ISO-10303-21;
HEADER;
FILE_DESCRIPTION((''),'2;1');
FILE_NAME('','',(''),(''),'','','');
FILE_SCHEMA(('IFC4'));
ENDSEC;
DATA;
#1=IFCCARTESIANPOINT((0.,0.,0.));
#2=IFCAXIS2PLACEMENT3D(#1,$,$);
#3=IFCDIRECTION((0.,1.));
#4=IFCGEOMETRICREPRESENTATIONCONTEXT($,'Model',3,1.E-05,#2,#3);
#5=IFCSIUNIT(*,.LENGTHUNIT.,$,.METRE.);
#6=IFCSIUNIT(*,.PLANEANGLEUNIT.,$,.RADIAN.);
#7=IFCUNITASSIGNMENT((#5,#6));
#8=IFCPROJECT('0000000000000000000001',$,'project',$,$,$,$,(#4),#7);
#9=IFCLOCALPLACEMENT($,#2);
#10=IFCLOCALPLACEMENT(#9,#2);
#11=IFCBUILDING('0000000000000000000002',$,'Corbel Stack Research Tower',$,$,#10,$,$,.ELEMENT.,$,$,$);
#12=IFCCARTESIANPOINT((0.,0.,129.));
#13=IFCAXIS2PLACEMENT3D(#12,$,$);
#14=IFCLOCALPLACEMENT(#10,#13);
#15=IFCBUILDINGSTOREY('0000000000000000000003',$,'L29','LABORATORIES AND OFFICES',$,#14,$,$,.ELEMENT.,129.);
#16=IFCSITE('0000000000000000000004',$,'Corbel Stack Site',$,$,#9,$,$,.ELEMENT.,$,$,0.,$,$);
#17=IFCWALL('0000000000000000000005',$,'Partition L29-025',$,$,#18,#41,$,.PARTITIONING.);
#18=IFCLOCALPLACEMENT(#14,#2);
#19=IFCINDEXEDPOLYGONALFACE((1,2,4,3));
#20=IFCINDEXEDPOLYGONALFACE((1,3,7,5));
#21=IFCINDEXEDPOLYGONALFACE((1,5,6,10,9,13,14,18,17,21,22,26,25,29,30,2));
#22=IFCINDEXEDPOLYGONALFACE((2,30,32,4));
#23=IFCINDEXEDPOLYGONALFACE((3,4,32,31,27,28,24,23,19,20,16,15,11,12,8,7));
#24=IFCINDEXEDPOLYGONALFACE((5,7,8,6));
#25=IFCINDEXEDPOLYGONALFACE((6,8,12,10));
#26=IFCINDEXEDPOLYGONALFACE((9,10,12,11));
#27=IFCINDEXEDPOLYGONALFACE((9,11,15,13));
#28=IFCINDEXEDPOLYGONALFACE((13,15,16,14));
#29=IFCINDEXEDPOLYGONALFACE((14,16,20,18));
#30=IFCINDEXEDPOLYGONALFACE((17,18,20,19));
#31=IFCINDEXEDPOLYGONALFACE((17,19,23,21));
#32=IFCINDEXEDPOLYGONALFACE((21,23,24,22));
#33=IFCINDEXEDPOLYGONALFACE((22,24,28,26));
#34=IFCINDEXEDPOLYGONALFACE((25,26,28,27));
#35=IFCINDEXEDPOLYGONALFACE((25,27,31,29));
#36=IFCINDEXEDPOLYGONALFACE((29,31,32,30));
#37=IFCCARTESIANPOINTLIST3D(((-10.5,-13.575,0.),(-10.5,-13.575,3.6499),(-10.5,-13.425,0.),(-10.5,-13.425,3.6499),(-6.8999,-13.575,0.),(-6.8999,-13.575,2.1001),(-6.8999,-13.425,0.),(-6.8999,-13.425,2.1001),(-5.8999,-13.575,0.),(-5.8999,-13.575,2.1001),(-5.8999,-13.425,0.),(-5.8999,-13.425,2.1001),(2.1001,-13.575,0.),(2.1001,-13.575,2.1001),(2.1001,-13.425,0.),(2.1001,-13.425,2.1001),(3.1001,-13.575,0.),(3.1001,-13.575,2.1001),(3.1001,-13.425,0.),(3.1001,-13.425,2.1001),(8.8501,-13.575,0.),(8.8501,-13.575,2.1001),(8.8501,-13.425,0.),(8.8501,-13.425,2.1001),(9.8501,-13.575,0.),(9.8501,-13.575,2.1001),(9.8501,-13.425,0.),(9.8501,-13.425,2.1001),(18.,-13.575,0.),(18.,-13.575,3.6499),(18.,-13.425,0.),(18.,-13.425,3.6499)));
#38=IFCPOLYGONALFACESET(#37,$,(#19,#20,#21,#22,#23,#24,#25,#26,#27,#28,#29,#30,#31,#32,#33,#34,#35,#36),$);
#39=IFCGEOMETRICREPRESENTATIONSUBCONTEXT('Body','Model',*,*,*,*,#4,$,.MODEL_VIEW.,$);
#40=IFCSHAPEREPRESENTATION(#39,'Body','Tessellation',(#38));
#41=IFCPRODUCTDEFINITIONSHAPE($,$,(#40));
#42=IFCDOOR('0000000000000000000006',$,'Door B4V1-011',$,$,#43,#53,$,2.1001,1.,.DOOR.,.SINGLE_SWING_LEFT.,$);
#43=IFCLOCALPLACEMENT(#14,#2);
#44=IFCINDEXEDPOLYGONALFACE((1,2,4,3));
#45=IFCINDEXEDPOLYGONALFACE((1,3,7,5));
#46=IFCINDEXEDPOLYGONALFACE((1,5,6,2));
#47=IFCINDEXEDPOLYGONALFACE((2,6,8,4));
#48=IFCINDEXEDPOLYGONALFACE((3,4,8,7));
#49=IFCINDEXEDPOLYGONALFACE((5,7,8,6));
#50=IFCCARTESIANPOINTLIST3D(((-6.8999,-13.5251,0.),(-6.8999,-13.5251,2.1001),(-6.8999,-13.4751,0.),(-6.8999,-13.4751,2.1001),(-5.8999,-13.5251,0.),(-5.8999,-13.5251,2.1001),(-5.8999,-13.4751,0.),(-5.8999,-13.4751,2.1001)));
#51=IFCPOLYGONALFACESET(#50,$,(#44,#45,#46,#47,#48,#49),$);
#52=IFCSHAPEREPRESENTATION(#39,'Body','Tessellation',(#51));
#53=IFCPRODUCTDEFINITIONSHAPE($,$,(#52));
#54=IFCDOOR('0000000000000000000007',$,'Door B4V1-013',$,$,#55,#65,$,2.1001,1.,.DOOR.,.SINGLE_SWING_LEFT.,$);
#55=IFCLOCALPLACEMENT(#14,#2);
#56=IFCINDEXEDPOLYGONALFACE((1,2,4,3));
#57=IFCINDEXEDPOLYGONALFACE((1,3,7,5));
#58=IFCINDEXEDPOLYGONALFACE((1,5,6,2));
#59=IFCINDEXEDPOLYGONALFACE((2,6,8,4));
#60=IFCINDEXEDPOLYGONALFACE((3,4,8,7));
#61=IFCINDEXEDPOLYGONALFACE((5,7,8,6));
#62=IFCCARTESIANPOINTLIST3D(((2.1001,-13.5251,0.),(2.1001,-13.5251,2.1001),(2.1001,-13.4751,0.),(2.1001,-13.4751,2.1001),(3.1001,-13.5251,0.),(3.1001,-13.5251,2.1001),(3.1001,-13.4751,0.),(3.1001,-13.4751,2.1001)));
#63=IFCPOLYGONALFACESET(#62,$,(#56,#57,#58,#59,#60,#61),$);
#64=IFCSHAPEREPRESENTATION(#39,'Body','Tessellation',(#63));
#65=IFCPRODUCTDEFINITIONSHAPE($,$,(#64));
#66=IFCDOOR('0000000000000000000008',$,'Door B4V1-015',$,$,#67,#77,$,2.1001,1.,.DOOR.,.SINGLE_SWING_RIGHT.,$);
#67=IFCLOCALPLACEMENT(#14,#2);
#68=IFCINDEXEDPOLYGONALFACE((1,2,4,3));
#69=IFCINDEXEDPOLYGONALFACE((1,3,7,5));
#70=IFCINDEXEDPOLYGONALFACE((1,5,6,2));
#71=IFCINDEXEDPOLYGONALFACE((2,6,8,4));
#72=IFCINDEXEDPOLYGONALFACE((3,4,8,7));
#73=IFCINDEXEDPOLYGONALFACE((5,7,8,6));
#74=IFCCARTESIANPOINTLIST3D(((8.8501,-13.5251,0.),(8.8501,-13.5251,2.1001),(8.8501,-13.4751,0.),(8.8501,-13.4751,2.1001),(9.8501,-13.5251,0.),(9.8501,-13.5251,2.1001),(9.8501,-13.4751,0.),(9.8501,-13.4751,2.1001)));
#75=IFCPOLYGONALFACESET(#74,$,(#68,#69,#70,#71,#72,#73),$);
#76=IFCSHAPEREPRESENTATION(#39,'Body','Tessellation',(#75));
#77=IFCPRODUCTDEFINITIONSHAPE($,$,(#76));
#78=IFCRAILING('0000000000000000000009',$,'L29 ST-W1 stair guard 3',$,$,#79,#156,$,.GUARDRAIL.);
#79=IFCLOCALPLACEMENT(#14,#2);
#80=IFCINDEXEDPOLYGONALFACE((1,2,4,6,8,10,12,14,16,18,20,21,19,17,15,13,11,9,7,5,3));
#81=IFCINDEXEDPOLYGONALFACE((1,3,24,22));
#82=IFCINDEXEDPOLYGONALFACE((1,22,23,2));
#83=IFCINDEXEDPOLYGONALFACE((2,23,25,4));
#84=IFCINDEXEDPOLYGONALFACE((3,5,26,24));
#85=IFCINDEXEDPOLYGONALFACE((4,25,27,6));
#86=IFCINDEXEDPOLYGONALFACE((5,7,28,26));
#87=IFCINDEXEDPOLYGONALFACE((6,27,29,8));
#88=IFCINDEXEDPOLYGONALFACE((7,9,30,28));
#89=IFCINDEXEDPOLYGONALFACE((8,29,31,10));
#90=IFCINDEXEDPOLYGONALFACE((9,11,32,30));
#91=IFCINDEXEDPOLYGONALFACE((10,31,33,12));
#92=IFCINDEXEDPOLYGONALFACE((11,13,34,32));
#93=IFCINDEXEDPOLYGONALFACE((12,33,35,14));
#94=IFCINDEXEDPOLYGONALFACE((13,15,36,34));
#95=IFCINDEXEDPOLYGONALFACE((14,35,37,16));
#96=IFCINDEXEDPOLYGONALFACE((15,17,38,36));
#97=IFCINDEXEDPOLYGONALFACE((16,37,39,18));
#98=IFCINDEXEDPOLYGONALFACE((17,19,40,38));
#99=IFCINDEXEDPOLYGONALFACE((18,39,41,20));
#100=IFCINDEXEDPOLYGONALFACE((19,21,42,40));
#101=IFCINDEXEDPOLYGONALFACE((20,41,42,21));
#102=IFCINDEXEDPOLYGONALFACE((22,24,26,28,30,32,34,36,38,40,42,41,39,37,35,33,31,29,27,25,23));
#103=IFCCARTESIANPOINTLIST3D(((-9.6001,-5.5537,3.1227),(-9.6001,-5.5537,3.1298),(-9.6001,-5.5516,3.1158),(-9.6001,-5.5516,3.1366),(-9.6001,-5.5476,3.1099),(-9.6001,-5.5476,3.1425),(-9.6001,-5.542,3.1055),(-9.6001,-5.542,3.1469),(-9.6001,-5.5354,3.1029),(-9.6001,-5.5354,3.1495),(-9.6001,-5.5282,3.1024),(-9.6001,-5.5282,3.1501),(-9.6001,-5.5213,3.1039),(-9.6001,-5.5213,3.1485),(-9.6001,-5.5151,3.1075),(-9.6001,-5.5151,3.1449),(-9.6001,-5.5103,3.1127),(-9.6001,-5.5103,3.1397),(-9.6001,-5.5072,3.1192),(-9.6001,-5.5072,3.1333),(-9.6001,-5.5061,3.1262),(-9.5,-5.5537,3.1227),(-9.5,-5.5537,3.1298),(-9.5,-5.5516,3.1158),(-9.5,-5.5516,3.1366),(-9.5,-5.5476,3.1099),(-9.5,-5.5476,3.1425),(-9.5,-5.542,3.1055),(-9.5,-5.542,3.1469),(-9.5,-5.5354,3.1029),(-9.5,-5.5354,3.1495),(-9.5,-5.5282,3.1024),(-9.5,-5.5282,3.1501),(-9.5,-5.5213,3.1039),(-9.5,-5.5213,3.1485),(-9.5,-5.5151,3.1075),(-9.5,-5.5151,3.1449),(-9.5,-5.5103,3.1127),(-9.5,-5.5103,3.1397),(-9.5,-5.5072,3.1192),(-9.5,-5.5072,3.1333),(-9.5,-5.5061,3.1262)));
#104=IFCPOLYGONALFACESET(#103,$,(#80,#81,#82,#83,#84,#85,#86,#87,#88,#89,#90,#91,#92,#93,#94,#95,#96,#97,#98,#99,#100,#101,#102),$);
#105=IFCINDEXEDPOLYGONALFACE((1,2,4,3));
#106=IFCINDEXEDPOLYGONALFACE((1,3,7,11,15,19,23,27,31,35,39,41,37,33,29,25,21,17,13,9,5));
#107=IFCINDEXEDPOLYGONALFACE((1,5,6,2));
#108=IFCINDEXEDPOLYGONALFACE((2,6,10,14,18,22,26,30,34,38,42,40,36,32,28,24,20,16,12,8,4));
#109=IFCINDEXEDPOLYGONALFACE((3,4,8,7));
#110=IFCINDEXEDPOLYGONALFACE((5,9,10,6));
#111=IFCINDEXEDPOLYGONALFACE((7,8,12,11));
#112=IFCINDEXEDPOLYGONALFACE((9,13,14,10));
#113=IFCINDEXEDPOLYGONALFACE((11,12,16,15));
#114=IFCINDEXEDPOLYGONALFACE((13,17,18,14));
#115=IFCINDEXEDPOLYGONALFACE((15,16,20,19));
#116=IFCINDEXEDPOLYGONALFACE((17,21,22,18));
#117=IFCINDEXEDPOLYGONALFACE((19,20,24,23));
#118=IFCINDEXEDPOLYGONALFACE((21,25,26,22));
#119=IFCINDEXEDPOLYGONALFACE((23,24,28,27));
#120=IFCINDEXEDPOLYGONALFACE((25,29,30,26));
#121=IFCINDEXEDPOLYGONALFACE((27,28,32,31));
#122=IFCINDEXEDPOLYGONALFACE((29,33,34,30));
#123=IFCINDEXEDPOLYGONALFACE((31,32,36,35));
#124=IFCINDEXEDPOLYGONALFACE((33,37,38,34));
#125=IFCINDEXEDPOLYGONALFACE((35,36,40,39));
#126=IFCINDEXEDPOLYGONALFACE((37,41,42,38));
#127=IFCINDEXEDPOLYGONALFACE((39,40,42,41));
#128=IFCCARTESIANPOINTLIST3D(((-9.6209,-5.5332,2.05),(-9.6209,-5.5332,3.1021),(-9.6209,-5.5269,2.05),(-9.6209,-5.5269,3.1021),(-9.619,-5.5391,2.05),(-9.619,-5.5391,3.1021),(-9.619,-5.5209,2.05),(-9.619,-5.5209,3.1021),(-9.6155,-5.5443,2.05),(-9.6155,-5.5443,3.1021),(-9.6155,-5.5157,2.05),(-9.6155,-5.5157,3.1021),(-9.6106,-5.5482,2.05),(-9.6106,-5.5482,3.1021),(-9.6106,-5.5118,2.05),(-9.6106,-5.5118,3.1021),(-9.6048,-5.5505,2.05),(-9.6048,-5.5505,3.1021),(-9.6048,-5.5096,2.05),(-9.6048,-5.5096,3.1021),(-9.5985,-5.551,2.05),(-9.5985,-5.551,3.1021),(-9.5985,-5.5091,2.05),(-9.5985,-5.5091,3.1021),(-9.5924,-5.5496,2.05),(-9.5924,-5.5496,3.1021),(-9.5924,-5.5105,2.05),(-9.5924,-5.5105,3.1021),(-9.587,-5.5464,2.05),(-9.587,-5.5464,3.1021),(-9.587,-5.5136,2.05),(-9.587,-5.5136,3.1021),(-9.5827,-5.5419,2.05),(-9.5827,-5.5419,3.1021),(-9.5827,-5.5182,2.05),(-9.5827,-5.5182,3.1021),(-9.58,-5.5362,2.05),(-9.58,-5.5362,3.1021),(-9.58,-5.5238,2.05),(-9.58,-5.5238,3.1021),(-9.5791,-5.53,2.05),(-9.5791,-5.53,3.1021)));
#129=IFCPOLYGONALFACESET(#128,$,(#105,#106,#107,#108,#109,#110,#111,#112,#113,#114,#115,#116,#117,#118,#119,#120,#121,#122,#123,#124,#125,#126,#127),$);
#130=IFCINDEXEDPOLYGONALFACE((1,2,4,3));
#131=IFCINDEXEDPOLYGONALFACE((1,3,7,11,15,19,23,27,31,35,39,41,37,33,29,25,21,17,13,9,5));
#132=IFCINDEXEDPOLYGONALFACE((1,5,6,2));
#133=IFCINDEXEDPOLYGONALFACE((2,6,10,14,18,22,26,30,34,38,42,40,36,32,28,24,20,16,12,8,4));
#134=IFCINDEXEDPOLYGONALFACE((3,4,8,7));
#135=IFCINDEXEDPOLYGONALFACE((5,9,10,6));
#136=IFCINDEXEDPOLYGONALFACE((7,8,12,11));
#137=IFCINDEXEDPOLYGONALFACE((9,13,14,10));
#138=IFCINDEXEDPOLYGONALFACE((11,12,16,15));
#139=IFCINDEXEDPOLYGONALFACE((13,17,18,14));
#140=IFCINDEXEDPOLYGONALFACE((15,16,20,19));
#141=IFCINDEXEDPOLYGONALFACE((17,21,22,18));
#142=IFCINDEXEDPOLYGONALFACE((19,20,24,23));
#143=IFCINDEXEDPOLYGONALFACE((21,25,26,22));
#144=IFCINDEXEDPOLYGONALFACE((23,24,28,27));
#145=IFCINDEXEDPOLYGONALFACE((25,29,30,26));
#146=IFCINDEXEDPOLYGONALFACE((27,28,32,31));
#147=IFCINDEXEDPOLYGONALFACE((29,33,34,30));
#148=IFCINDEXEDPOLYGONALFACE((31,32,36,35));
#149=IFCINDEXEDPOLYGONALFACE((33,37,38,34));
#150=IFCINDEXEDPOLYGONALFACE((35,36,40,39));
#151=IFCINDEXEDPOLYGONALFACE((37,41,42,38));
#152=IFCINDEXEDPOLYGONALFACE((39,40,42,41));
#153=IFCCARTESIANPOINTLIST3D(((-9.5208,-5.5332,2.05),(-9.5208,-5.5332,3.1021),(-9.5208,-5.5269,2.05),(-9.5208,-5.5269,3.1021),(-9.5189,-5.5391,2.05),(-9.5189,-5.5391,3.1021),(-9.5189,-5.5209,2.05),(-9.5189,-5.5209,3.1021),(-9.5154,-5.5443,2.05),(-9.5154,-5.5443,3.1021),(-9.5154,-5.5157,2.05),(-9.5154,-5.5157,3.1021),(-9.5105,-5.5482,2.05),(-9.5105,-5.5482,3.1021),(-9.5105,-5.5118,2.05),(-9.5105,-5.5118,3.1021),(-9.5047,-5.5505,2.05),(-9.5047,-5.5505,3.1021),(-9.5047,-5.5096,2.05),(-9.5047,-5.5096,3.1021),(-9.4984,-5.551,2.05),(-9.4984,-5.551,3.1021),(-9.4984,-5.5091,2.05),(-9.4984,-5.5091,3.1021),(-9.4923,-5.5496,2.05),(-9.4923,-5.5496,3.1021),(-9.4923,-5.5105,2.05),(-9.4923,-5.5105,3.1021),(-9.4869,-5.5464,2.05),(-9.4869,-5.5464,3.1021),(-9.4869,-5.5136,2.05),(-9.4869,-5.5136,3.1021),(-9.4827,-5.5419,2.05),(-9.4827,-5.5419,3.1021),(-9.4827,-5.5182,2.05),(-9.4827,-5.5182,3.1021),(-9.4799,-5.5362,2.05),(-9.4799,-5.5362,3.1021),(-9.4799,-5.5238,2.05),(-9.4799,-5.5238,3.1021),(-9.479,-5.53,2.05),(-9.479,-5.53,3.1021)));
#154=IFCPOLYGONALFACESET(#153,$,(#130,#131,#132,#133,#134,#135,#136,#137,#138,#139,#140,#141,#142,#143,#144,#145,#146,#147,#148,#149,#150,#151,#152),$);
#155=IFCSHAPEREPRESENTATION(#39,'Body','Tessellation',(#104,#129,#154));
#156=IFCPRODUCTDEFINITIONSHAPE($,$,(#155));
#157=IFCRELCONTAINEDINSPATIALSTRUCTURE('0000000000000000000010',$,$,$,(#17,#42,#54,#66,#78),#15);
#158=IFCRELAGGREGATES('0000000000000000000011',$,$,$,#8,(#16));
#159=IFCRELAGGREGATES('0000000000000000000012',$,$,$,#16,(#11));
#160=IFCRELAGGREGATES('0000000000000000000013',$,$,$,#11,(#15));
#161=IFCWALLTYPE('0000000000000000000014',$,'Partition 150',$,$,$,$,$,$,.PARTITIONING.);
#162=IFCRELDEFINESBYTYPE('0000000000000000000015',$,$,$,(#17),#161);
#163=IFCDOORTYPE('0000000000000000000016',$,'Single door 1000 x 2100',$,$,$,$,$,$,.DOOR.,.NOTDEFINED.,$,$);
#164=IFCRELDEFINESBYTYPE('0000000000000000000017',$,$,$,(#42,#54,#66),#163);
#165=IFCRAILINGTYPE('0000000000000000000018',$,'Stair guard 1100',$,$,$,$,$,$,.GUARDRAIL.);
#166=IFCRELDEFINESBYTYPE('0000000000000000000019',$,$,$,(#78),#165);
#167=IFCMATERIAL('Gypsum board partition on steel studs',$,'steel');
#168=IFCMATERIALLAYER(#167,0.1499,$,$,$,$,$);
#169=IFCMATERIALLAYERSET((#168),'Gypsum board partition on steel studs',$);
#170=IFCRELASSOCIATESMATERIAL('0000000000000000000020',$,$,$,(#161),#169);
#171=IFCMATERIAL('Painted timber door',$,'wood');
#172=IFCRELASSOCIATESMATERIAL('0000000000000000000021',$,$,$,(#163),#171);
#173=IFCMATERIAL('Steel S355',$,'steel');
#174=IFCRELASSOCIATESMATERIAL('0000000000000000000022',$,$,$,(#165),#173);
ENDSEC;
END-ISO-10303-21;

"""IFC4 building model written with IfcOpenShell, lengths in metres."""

from ifc_helpers import new_model, si_unit, direction, frame, frame_2d, origin, origin_2d, place, context, subcontext, project, spatial, rectangle, circle, extrude, material, layer, layer_set, type_object, element, fill, save


model = new_model("IFC4")

# Units and contexts
model_context = context("Model", 3, precision=1e-05, world=origin(), true_north=direction((0.0, 1.0)))
body_context = subcontext(model_context, "Body", "Model", "MODEL_VIEW")
ifc_project = project(units=[si_unit("LENGTHUNIT", "METRE"), si_unit("PLANEANGLEUNIT", "RADIAN")], contexts=[model_context])

# Site, building, storey
site_placement = place(None, origin())
site = spatial("IfcSite", under=ifc_project, at=site_placement, Name="Corbel Stack Site", CompositionType="ELEMENT", RefElevation=0.0)
building_placement = place(site_placement, origin())
building = spatial("IfcBuilding", under=site, at=building_placement, Name="Corbel Stack Research Tower", CompositionType="ELEMENT")
storey_placement = place(building_placement, frame((0.0, 0.0, 129.0)))
storey = spatial("IfcBuildingStorey", under=building, at=storey_placement, Name="L29", Description="LABORATORIES AND OFFICES", CompositionType="ELEMENT", Elevation=129.0)

# Shared definitions
ifc_material_1 = material(Name="Gypsum board partition on steel studs", Category="steel")
ifc_layer_1 = layer(ifc_material_1, 0.1499)
ifc_layer_set_1 = layer_set([ifc_layer_1], Name="Gypsum board partition on steel studs")
wall_type_1 = type_object("IfcWallType", Name="Partition 150", PredefinedType="PARTITIONING", material=ifc_layer_set_1)
ifc_material_2 = material(Name="Painted timber door", Category="wood")
door_type_1 = type_object("IfcDoorType", Name="Single door 1000 x 2100", OperationType="NOTDEFINED", PredefinedType="DOOR", material=ifc_material_2)

# Wall, openings, doors
wall_1_placement = place(storey_placement, frame((-10.5, -13.5, 0.0), z_axis=(0.0, 0.0, 1.0), x_axis=(1.0, 0.0, 0.0)))
wall_1 = element("IfcWall", 1, at=wall_1_placement, inside=storey, type_object=wall_type_1, Name="Partition L29-025", PredefinedType="PARTITIONING", context=body_context, shape_type="SweptSolid", body=[
    extrude(rectangle(XDim=28.5, YDim=0.1499, at=frame_2d((14.25, 0.0))), origin(), (0.0, 0.0, 1.0), 3.6499),
])
opening_1_placement = place(wall_1_placement, frame((3.6001, 0.0, 0.0)))
opening_1 = element("IfcOpeningElement", 2, at=opening_1_placement, cuts=wall_1, PredefinedType="OPENING", context=body_context, shape_type="SweptSolid", body=[
    extrude(rectangle(XDim=1.0, YDim=2.1001, at=frame_2d((0.5, 1.05))), frame((0.0, 0.085, 0.0), z_axis=(0.0, -1.0, 0.0), x_axis=(1.0, 0.0, 0.0)), (0.0, 0.0, 1.0), 0.1699),
])
opening_2_placement = place(wall_1_placement, frame((12.6001, 0.0, 0.0)))
opening_2 = element("IfcOpeningElement", 3, at=opening_2_placement, cuts=wall_1, PredefinedType="OPENING", context=body_context, shape_type="SweptSolid", body=[
    extrude(rectangle(XDim=1.0, YDim=2.1001, at=frame_2d((0.5, 1.05))), frame((0.0, 0.085, 0.0), z_axis=(0.0, -1.0, 0.0), x_axis=(1.0, 0.0, 0.0)), (0.0, 0.0, 1.0), 0.1699),
])
opening_3_placement = place(wall_1_placement, frame((19.3501, 0.0, 0.0)))
opening_3 = element("IfcOpeningElement", 4, at=opening_3_placement, cuts=wall_1, PredefinedType="OPENING", context=body_context, shape_type="SweptSolid", body=[
    extrude(rectangle(XDim=1.0, YDim=2.1001, at=frame_2d((0.5, 1.05))), frame((0.0, 0.085, 0.0), z_axis=(0.0, -1.0, 0.0), x_axis=(1.0, 0.0, 0.0)), (0.0, 0.0, 1.0), 0.1699),
])
door_1_placement = place(opening_1_placement, origin())
door_1 = element("IfcDoor", 5, at=door_1_placement, inside=storey, type_object=door_type_1, Name="Door B4V1-011", OperationType="SINGLE_SWING_LEFT", OverallHeight=2.1001, OverallWidth=1.0, PredefinedType="DOOR", context=body_context, shape_type="SweptSolid", body=[
    extrude(rectangle(XDim=1.0, YDim=2.1001, at=frame_2d((0.5, 1.05))), frame((0.0, 0.0249, 0.0), z_axis=(0.0, -1.0, 0.0), x_axis=(1.0, 0.0, 0.0)), (0.0, 0.0, 1.0), 0.05),
])
fill(opening_1, door_1)
door_2_placement = place(opening_2_placement, origin())
door_2 = element("IfcDoor", 6, at=door_2_placement, inside=storey, type_object=door_type_1, Name="Door B4V1-013", OperationType="SINGLE_SWING_LEFT", OverallHeight=2.1001, OverallWidth=1.0, PredefinedType="DOOR", context=body_context, shape_type="SweptSolid", body=[
    extrude(rectangle(XDim=1.0, YDim=2.1001, at=frame_2d((0.5, 1.05))), frame((0.0, 0.0249, 0.0), z_axis=(0.0, -1.0, 0.0), x_axis=(1.0, 0.0, 0.0)), (0.0, 0.0, 1.0), 0.05),
])
fill(opening_2, door_2)
door_3_placement = place(opening_3_placement, origin())
door_3 = element("IfcDoor", 7, at=door_3_placement, inside=storey, type_object=door_type_1, Name="Door B4V1-015", OperationType="SINGLE_SWING_RIGHT", OverallHeight=2.1001, OverallWidth=1.0, PredefinedType="DOOR", context=body_context, shape_type="SweptSolid", body=[
    extrude(rectangle(XDim=1.0, YDim=2.1001, at=frame_2d((0.5, 1.05))), frame((0.0, 0.0249, 0.0), z_axis=(0.0, -1.0, 0.0), x_axis=(1.0, 0.0, 0.0)), (0.0, 0.0, 1.0), 0.05),
])
fill(opening_3, door_3)

# Railing
ifc_material_3 = material(Name="Steel S355", Category="steel")
railing_type = type_object("IfcRailingType", Name="Stair guard 1100", PredefinedType="GUARDRAIL", material=ifc_material_3)
for number, where, name in (
    (8, (-9.6001, -5.53, 2.05), "L29 ST-W1 stair guard 3"),
):
    element("IfcRailing", number, at=place(storey_placement, frame(where)), inside=storey, type_object=railing_type, Name=name, PredefinedType="GUARDRAIL", context=body_context, shape_type="SweptSolid", body=[
        extrude(circle(Radius=0.0239, at=origin_2d()), frame((0.0, 0.0, 1.0762), z_axis=(1.0, 0.0, 0.0), x_axis=(0.0, 1.0, 0.0)), (0.0, 0.0, 1.0), 0.1001),
        extrude(circle(Radius=0.021, at=origin_2d()), origin(), (0.0, 0.0, 1.0), 1.052),
        extrude(circle(Radius=0.021, at=origin_2d()), frame((0.1001, 0.0, 0.0)), (0.0, 0.0, 1.0), 1.052),
    ])

save(model, "model.ifc")
